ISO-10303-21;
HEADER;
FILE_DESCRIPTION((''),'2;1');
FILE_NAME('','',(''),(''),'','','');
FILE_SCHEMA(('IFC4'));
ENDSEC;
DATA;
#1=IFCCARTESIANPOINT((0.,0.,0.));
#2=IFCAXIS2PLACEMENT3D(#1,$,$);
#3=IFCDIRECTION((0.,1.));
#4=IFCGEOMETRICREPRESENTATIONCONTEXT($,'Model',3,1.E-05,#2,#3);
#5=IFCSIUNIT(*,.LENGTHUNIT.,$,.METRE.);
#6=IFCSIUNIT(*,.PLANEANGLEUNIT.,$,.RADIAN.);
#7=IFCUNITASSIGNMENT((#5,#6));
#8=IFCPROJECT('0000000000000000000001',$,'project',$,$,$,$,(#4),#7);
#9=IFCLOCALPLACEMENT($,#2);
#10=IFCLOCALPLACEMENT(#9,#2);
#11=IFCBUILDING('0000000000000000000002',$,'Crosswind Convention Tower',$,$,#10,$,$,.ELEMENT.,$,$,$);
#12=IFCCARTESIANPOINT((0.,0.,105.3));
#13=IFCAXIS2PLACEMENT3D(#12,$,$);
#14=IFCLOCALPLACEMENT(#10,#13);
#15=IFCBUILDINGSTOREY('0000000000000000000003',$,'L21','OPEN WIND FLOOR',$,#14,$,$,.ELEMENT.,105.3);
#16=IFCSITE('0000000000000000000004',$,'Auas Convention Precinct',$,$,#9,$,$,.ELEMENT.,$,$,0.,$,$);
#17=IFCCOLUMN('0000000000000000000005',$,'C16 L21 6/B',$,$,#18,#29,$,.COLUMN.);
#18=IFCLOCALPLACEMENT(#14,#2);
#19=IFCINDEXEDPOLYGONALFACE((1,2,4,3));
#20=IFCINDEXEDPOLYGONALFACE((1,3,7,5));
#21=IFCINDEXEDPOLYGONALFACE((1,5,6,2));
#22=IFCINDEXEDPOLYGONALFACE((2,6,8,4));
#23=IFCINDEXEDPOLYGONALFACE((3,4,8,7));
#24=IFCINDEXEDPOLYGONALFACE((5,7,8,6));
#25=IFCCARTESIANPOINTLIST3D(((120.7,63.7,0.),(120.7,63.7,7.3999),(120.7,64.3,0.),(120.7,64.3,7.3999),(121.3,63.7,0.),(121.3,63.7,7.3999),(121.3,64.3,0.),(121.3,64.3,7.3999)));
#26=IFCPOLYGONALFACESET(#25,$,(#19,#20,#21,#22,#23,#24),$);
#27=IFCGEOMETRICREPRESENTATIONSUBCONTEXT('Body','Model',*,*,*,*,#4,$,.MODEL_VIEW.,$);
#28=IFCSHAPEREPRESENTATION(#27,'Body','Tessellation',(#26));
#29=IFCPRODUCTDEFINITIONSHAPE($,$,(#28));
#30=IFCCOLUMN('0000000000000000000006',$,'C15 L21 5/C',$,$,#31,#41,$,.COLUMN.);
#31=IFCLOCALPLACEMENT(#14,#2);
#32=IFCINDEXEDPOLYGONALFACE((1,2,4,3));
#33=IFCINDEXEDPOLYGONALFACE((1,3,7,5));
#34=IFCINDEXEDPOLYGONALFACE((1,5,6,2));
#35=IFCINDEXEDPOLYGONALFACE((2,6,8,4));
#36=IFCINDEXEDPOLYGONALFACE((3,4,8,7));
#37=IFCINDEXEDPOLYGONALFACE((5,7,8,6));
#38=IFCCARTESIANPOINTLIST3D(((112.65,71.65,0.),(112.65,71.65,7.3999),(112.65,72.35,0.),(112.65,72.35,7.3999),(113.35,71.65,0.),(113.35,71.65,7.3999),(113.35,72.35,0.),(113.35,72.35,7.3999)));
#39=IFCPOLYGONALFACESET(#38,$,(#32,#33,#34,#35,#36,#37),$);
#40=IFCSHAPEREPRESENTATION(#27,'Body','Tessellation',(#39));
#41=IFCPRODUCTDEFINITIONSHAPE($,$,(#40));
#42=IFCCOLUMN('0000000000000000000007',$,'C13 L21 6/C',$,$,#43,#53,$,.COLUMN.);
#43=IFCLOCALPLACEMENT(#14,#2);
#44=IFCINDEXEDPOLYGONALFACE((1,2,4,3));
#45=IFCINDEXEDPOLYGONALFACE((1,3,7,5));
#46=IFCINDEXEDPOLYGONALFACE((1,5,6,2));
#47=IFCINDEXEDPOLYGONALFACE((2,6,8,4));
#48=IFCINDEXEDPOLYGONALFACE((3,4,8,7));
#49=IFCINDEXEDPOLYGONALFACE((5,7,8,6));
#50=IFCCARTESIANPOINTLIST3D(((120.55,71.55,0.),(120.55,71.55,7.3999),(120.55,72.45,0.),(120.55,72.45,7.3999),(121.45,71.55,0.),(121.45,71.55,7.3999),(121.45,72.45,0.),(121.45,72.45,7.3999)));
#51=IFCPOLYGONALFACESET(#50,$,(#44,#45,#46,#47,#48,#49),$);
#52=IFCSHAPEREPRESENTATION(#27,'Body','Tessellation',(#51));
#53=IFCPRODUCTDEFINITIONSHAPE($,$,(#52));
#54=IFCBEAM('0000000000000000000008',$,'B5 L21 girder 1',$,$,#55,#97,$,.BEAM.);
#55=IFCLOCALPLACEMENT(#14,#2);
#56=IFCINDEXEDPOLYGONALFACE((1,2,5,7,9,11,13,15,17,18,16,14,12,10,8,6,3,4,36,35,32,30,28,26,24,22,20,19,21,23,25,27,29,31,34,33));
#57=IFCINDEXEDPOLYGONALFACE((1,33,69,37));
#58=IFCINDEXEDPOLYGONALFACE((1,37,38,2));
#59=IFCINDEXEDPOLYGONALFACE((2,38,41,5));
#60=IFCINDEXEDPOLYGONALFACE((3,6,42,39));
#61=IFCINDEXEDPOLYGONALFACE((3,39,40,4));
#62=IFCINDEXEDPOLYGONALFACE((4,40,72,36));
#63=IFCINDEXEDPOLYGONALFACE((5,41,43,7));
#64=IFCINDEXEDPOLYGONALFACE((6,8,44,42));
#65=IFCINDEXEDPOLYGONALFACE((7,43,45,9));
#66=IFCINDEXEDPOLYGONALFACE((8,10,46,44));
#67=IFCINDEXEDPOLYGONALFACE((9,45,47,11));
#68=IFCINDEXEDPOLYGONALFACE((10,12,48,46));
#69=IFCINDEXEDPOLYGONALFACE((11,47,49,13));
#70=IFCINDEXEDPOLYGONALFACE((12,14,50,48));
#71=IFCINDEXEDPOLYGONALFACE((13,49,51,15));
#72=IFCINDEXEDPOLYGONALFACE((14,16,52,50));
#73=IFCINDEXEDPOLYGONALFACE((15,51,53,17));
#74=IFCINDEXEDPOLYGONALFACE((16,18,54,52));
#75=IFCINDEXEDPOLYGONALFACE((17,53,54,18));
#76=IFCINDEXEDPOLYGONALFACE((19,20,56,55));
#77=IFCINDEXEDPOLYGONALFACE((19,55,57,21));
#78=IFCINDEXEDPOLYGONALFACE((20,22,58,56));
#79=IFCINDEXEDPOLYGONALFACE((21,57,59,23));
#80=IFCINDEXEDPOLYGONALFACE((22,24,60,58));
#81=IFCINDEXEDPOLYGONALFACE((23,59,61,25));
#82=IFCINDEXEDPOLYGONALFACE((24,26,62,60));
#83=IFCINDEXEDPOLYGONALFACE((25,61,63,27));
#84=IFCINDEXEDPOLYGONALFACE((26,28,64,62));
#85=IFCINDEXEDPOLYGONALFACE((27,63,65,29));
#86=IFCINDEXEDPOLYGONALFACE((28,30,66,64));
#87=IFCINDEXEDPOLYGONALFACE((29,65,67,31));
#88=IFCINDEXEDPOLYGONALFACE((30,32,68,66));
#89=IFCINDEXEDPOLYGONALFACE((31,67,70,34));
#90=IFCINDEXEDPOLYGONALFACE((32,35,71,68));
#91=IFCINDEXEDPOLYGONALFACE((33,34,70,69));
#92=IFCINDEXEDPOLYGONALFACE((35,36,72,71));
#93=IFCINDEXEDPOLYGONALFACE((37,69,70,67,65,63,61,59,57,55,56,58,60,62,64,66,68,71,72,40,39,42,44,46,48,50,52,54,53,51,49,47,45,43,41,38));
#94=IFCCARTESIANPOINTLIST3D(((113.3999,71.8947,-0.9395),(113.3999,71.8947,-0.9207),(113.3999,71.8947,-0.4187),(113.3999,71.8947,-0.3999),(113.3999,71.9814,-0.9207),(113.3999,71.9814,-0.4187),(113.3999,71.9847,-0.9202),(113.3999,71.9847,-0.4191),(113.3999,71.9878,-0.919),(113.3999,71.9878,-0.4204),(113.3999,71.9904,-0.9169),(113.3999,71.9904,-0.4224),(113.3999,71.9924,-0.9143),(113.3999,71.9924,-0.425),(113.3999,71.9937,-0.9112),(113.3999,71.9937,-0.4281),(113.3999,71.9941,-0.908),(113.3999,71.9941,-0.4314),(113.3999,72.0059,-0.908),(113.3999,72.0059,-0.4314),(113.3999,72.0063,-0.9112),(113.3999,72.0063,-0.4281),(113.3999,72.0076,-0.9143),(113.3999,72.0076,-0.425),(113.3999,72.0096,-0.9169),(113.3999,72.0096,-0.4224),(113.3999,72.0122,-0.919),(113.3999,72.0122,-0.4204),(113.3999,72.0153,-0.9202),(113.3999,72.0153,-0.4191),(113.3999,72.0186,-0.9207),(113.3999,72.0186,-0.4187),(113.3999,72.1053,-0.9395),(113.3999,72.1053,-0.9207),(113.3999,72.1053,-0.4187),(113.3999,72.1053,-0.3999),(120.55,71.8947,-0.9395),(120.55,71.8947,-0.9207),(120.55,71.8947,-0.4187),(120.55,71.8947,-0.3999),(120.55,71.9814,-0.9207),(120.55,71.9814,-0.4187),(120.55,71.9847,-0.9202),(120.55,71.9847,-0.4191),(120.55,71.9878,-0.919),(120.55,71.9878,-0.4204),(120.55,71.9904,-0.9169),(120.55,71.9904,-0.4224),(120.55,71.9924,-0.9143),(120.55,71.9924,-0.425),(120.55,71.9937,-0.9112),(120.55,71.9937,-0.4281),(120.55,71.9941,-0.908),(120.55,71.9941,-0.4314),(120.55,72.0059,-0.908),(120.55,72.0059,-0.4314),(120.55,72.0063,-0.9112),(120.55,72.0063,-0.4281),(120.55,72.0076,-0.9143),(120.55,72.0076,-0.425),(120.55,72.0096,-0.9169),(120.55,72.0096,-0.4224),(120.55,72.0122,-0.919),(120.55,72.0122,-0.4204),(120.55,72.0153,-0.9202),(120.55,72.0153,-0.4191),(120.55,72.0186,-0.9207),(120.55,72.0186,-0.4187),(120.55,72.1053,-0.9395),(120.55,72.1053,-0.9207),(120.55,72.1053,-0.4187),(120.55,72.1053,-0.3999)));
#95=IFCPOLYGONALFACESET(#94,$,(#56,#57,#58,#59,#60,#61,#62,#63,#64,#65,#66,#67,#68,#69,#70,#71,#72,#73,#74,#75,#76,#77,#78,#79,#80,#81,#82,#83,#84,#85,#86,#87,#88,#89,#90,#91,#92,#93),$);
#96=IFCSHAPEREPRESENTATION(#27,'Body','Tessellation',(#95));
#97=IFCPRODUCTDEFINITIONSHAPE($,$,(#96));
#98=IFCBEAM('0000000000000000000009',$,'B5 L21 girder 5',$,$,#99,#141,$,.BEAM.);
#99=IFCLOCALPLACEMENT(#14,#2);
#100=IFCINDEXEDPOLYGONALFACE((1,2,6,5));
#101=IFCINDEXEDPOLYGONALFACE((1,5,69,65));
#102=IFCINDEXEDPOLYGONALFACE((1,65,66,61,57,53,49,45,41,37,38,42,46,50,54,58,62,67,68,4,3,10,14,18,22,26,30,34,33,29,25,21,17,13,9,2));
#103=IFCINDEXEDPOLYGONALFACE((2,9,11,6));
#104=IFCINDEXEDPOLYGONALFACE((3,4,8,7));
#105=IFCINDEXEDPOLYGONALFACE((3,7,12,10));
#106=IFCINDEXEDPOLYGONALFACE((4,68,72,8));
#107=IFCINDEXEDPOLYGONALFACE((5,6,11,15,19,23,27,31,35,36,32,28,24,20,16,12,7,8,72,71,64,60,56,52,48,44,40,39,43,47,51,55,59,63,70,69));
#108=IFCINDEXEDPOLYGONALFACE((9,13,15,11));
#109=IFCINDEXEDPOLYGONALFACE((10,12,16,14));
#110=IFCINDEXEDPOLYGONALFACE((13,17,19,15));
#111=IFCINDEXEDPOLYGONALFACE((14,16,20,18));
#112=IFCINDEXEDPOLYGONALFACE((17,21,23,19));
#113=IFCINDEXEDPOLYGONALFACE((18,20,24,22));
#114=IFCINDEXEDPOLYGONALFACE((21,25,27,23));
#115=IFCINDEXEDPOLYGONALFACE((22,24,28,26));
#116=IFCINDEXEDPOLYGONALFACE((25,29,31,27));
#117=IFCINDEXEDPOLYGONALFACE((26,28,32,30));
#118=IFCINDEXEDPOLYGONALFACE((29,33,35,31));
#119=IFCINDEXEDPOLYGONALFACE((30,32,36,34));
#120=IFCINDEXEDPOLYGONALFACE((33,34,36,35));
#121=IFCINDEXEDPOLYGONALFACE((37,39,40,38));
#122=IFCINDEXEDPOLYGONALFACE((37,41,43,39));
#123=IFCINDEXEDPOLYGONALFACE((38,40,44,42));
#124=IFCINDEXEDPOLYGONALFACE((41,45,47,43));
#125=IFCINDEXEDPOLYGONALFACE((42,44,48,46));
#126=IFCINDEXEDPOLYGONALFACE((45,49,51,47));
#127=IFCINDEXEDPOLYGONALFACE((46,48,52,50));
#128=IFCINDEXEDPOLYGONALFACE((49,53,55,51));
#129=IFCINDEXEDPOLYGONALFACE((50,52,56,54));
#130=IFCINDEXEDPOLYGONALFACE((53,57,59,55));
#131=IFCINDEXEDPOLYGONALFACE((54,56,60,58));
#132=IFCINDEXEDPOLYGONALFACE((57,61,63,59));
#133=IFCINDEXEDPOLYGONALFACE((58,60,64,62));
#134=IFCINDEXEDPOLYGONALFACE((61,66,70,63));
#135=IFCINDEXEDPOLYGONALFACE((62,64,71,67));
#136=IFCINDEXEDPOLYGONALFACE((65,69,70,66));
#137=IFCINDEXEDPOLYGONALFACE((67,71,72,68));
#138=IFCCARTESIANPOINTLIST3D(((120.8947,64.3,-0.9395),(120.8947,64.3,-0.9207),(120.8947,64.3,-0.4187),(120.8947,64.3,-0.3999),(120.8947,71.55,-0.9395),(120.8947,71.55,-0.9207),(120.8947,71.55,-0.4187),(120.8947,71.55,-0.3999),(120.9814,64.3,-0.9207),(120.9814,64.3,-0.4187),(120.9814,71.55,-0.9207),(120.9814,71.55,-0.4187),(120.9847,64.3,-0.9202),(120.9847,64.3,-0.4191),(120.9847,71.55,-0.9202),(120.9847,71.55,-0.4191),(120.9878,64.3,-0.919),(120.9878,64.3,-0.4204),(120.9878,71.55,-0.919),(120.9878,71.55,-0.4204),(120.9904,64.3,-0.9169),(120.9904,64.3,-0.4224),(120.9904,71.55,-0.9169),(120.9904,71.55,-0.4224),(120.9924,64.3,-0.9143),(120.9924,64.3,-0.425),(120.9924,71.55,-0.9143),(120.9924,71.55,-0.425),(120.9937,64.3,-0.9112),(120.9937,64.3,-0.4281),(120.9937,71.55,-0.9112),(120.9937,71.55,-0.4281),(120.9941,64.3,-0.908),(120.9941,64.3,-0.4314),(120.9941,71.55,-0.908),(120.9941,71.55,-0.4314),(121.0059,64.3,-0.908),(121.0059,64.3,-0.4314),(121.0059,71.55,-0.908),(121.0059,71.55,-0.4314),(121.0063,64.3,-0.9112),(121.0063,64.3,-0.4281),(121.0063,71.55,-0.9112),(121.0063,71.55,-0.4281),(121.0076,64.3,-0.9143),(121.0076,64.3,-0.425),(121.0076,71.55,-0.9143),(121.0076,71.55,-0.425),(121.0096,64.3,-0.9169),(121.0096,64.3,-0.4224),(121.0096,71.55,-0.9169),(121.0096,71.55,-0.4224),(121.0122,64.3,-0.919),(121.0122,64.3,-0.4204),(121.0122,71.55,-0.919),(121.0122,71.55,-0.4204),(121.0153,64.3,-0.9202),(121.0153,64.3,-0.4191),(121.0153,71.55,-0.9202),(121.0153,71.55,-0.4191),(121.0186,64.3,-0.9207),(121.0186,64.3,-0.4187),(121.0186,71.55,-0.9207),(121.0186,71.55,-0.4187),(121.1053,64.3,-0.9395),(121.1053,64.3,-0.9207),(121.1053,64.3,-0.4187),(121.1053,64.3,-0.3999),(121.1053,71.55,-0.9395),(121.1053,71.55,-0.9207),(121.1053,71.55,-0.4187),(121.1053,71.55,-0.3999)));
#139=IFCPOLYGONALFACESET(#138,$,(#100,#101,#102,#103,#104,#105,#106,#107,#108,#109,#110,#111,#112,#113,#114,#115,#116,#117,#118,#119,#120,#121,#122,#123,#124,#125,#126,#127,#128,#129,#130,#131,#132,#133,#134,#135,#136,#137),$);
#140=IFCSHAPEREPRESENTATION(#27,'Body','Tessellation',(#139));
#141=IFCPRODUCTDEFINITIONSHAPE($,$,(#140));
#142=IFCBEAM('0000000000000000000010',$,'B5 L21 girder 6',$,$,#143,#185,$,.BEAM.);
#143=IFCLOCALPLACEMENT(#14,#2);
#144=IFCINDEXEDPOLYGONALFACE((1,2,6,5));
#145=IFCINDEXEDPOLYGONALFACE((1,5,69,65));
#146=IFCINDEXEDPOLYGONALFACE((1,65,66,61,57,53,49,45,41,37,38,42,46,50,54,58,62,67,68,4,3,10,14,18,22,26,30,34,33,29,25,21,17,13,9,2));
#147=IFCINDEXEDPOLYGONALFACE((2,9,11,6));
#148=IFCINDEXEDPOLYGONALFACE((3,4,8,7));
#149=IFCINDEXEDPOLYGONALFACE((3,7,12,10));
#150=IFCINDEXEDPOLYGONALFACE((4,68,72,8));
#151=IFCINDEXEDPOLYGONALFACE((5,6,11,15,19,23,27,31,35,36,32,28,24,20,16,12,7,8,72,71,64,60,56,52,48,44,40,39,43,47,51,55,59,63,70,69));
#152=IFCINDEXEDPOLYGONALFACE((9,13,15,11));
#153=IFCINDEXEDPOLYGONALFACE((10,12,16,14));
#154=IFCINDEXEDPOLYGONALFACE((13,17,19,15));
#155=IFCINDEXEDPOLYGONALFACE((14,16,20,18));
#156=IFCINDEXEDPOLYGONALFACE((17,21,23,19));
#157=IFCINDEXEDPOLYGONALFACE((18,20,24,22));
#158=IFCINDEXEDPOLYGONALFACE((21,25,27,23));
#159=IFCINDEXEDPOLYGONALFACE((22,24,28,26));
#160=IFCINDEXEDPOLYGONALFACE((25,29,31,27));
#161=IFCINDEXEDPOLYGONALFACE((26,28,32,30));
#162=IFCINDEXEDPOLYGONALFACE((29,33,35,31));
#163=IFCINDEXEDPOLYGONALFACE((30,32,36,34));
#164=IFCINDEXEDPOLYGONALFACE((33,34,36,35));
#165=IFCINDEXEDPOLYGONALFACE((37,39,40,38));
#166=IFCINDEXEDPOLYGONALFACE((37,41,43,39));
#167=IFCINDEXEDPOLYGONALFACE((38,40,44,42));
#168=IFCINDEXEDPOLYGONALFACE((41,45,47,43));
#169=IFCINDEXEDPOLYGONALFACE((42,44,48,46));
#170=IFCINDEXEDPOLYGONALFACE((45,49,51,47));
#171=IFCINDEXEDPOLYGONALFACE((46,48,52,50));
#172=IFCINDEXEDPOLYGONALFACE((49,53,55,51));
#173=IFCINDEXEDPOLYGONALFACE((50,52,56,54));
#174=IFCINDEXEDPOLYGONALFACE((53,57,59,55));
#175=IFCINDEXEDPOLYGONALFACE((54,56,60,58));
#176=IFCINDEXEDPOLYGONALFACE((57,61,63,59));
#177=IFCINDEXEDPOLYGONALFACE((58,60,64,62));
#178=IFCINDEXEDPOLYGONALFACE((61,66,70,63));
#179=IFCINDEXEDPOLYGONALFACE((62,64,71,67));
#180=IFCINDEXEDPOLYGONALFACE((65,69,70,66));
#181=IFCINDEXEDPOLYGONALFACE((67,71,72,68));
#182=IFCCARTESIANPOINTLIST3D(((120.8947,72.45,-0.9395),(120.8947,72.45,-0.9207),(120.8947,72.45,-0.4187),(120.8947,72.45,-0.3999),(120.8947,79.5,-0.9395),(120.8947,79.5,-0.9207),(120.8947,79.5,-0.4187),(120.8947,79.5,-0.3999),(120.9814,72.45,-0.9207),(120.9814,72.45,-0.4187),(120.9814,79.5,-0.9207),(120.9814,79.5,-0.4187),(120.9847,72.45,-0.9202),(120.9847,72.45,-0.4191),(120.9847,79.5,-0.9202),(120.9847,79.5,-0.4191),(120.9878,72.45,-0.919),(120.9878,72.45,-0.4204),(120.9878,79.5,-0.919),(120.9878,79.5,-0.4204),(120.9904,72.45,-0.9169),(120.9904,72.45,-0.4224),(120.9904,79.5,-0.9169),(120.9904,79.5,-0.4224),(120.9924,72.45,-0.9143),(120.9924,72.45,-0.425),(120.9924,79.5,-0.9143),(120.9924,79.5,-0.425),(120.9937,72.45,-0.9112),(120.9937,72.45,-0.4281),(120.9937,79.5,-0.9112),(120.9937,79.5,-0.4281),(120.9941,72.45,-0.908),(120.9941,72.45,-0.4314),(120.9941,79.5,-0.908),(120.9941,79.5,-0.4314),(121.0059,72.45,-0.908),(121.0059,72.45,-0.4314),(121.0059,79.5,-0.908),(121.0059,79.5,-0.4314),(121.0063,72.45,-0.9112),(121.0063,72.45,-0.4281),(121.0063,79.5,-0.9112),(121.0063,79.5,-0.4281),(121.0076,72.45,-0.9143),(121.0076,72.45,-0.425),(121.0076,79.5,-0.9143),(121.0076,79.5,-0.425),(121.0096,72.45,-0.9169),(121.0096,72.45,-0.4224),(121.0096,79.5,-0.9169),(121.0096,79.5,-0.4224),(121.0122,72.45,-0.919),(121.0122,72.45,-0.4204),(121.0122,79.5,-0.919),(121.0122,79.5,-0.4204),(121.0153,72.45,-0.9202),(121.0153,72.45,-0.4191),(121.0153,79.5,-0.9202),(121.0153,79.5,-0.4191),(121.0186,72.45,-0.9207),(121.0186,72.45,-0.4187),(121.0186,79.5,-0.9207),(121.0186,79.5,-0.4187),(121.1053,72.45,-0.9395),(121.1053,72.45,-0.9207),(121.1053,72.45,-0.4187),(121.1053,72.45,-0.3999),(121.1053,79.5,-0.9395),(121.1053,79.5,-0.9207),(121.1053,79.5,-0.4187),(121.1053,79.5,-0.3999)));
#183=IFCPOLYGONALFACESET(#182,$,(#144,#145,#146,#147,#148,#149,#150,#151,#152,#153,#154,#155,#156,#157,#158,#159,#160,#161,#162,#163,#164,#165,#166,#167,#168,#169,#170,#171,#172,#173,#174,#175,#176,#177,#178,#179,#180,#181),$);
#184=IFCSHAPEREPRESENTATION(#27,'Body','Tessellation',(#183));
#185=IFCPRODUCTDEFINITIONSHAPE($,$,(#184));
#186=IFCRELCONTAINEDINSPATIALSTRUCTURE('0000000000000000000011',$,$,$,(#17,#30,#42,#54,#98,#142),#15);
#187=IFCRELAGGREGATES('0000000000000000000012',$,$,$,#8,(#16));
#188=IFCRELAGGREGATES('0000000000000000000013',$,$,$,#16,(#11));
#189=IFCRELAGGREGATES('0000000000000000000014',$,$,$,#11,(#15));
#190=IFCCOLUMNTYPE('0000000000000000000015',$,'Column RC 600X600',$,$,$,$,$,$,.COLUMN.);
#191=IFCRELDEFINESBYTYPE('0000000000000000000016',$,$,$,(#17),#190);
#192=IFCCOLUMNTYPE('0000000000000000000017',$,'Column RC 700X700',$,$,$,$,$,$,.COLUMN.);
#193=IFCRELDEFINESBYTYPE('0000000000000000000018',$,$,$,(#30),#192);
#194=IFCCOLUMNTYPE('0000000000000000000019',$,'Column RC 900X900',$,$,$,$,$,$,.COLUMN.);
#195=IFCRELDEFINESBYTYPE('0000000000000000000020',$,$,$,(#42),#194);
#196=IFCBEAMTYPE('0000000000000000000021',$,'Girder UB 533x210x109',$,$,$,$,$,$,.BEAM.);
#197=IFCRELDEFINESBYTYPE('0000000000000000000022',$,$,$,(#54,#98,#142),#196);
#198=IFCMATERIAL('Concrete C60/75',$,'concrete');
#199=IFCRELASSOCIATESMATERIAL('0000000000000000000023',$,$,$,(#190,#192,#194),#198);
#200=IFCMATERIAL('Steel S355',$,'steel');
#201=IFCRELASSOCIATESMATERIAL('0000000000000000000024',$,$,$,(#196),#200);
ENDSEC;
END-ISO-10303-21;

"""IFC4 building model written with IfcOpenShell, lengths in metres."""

from ifc_helpers import new_model, si_unit, direction, frame, origin, origin_2d, place, context, subcontext, project, spatial, rectangle, i_section, extrude, material, material_profile, profile_set, type_object, element, save


model = new_model("IFC4")

# Units and contexts
model_context = context("Model", 3, precision=1e-05, world=origin(), true_north=direction((0.0, 1.0)))
body_context = subcontext(model_context, "Body", "Model", "MODEL_VIEW")
ifc_project = project(units=[si_unit("LENGTHUNIT", "METRE"), si_unit("PLANEANGLEUNIT", "RADIAN")], contexts=[model_context])

# Site, building, storey
site_placement = place(None, origin())
site = spatial("IfcSite", under=ifc_project, at=site_placement, Name="Auas Convention Precinct", CompositionType="ELEMENT", RefElevation=0.0)
building_placement = place(site_placement, origin())
building = spatial("IfcBuilding", under=site, at=building_placement, Name="Crosswind Convention Tower", CompositionType="ELEMENT")
storey_placement = place(building_placement, frame((0.0, 0.0, 105.3)))
storey = spatial("IfcBuildingStorey", under=building, at=storey_placement, Name="L21", Description="OPEN WIND FLOOR", CompositionType="ELEMENT", Elevation=105.3)

# Columns
ifc_material_1 = material(Name="Concrete C60/75", Category="concrete")
ifc_material_profile_1 = material_profile(ifc_material_1, rectangle(XDim=0.6001, YDim=0.6001, at=origin_2d()), Name="RC 600X600")
ifc_profile_set_1 = profile_set([ifc_material_profile_1], Name="Concrete C60/75")
column_type_1 = type_object("IfcColumnType", Name="Column RC 600X600", PredefinedType="COLUMN", material=ifc_profile_set_1)
column_1_placement = place(storey_placement, frame((121.0, 64.0, 0.0), z_axis=(0.0, 0.0, 1.0), x_axis=(1.0, 0.0, 0.0)))
element("IfcColumn", 1, at=column_1_placement, inside=storey, type_object=column_type_1, Name="C16 L21 6/B", PredefinedType="COLUMN", context=body_context, shape_type="SweptSolid", body=[
    extrude(rectangle(XDim=0.6001, YDim=0.6001, at=origin_2d()), origin(), (0.0, 0.0, 1.0), 7.3999),
])
ifc_material_profile_2 = material_profile(ifc_material_1, rectangle(XDim=0.7, YDim=0.7, at=origin_2d()), Name="RC 700X700")
ifc_profile_set_2 = profile_set([ifc_material_profile_2], Name="Concrete C60/75")
column_type_2 = type_object("IfcColumnType", Name="Column RC 700X700", PredefinedType="COLUMN", material=ifc_profile_set_2)
column_2_placement = place(storey_placement, frame((113.0, 72.0, 0.0), z_axis=(0.0, 0.0, 1.0), x_axis=(1.0, 0.0, 0.0)))
element("IfcColumn", 2, at=column_2_placement, inside=storey, type_object=column_type_2, Name="C15 L21 5/C", PredefinedType="COLUMN", context=body_context, shape_type="SweptSolid", body=[
    extrude(rectangle(XDim=0.7, YDim=0.7, at=origin_2d()), origin(), (0.0, 0.0, 1.0), 7.3999),
])
ifc_material_profile_3 = material_profile(ifc_material_1, rectangle(XDim=0.8999, YDim=0.8999, at=origin_2d()), Name="RC 900X900")
ifc_profile_set_3 = profile_set([ifc_material_profile_3], Name="Concrete C60/75")
column_type_3 = type_object("IfcColumnType", Name="Column RC 900X900", PredefinedType="COLUMN", material=ifc_profile_set_3)
column_3_placement = place(storey_placement, frame((121.0, 72.0, 0.0), z_axis=(0.0, 0.0, 1.0), x_axis=(1.0, 0.0, 0.0)))
element("IfcColumn", 3, at=column_3_placement, inside=storey, type_object=column_type_3, Name="C13 L21 6/C", PredefinedType="COLUMN", context=body_context, shape_type="SweptSolid", body=[
    extrude(rectangle(XDim=0.8999, YDim=0.8999, at=origin_2d()), origin(), (0.0, 0.0, 1.0), 7.3999),
])

# Beams
ifc_material_2 = material(Name="Steel S355", Category="steel")
ifc_material_profile_4 = material_profile(ifc_material_2, i_section(OverallWidth=0.2107, OverallDepth=0.5396, WebThickness=0.0117, FlangeThickness=0.0188, FilletRadius=0.0127, at=origin_2d()), Name="UB 533x210x109")
ifc_profile_set_4 = profile_set([ifc_material_profile_4], Name="Steel S355")
beam_type_1 = type_object("IfcBeamType", Name="Girder UB 533x210x109", PredefinedType="BEAM", material=ifc_profile_set_4)
beam_1_placement = place(storey_placement, frame((113.3999, 72.0, -0.6697), z_axis=(1.0, 0.0, 0.0), x_axis=(0.0, 1.0, 0.0)))
element("IfcBeam", 4, at=beam_1_placement, inside=storey, type_object=beam_type_1, Name="B5 L21 girder 1", PredefinedType="BEAM", context=body_context, shape_type="SweptSolid", body=[
    extrude(i_section(OverallWidth=0.2107, OverallDepth=0.5396, WebThickness=0.0117, FlangeThickness=0.0188, FilletRadius=0.0127, at=origin_2d()), origin(), (0.0, 0.0, 1.0), 7.1501),
])
beam_2_placement = place(storey_placement, frame((121.0, 64.3, -0.6697), z_axis=(0.0, 1.0, 0.0), x_axis=(-1.0, 0.0, 0.0)))
element("IfcBeam", 5, at=beam_2_placement, inside=storey, type_object=beam_type_1, Name="B5 L21 girder 5", PredefinedType="BEAM", context=body_context, shape_type="SweptSolid", body=[
    extrude(i_section(OverallWidth=0.2107, OverallDepth=0.5396, WebThickness=0.0117, FlangeThickness=0.0188, FilletRadius=0.0127, at=origin_2d()), origin(), (0.0, 0.0, 1.0), 7.25),
])
beam_3_placement = place(storey_placement, frame((121.0, 72.45, -0.6697), z_axis=(0.0, 1.0, 0.0), x_axis=(-1.0, 0.0, 0.0)))
element("IfcBeam", 6, at=beam_3_placement, inside=storey, type_object=beam_type_1, Name="B5 L21 girder 6", PredefinedType="BEAM", context=body_context, shape_type="SweptSolid", body=[
    extrude(i_section(OverallWidth=0.2107, OverallDepth=0.5396, WebThickness=0.0117, FlangeThickness=0.0188, FilletRadius=0.0127, at=origin_2d()), origin(), (0.0, 0.0, 1.0), 7.05),
])

save(model, "model.ifc")
